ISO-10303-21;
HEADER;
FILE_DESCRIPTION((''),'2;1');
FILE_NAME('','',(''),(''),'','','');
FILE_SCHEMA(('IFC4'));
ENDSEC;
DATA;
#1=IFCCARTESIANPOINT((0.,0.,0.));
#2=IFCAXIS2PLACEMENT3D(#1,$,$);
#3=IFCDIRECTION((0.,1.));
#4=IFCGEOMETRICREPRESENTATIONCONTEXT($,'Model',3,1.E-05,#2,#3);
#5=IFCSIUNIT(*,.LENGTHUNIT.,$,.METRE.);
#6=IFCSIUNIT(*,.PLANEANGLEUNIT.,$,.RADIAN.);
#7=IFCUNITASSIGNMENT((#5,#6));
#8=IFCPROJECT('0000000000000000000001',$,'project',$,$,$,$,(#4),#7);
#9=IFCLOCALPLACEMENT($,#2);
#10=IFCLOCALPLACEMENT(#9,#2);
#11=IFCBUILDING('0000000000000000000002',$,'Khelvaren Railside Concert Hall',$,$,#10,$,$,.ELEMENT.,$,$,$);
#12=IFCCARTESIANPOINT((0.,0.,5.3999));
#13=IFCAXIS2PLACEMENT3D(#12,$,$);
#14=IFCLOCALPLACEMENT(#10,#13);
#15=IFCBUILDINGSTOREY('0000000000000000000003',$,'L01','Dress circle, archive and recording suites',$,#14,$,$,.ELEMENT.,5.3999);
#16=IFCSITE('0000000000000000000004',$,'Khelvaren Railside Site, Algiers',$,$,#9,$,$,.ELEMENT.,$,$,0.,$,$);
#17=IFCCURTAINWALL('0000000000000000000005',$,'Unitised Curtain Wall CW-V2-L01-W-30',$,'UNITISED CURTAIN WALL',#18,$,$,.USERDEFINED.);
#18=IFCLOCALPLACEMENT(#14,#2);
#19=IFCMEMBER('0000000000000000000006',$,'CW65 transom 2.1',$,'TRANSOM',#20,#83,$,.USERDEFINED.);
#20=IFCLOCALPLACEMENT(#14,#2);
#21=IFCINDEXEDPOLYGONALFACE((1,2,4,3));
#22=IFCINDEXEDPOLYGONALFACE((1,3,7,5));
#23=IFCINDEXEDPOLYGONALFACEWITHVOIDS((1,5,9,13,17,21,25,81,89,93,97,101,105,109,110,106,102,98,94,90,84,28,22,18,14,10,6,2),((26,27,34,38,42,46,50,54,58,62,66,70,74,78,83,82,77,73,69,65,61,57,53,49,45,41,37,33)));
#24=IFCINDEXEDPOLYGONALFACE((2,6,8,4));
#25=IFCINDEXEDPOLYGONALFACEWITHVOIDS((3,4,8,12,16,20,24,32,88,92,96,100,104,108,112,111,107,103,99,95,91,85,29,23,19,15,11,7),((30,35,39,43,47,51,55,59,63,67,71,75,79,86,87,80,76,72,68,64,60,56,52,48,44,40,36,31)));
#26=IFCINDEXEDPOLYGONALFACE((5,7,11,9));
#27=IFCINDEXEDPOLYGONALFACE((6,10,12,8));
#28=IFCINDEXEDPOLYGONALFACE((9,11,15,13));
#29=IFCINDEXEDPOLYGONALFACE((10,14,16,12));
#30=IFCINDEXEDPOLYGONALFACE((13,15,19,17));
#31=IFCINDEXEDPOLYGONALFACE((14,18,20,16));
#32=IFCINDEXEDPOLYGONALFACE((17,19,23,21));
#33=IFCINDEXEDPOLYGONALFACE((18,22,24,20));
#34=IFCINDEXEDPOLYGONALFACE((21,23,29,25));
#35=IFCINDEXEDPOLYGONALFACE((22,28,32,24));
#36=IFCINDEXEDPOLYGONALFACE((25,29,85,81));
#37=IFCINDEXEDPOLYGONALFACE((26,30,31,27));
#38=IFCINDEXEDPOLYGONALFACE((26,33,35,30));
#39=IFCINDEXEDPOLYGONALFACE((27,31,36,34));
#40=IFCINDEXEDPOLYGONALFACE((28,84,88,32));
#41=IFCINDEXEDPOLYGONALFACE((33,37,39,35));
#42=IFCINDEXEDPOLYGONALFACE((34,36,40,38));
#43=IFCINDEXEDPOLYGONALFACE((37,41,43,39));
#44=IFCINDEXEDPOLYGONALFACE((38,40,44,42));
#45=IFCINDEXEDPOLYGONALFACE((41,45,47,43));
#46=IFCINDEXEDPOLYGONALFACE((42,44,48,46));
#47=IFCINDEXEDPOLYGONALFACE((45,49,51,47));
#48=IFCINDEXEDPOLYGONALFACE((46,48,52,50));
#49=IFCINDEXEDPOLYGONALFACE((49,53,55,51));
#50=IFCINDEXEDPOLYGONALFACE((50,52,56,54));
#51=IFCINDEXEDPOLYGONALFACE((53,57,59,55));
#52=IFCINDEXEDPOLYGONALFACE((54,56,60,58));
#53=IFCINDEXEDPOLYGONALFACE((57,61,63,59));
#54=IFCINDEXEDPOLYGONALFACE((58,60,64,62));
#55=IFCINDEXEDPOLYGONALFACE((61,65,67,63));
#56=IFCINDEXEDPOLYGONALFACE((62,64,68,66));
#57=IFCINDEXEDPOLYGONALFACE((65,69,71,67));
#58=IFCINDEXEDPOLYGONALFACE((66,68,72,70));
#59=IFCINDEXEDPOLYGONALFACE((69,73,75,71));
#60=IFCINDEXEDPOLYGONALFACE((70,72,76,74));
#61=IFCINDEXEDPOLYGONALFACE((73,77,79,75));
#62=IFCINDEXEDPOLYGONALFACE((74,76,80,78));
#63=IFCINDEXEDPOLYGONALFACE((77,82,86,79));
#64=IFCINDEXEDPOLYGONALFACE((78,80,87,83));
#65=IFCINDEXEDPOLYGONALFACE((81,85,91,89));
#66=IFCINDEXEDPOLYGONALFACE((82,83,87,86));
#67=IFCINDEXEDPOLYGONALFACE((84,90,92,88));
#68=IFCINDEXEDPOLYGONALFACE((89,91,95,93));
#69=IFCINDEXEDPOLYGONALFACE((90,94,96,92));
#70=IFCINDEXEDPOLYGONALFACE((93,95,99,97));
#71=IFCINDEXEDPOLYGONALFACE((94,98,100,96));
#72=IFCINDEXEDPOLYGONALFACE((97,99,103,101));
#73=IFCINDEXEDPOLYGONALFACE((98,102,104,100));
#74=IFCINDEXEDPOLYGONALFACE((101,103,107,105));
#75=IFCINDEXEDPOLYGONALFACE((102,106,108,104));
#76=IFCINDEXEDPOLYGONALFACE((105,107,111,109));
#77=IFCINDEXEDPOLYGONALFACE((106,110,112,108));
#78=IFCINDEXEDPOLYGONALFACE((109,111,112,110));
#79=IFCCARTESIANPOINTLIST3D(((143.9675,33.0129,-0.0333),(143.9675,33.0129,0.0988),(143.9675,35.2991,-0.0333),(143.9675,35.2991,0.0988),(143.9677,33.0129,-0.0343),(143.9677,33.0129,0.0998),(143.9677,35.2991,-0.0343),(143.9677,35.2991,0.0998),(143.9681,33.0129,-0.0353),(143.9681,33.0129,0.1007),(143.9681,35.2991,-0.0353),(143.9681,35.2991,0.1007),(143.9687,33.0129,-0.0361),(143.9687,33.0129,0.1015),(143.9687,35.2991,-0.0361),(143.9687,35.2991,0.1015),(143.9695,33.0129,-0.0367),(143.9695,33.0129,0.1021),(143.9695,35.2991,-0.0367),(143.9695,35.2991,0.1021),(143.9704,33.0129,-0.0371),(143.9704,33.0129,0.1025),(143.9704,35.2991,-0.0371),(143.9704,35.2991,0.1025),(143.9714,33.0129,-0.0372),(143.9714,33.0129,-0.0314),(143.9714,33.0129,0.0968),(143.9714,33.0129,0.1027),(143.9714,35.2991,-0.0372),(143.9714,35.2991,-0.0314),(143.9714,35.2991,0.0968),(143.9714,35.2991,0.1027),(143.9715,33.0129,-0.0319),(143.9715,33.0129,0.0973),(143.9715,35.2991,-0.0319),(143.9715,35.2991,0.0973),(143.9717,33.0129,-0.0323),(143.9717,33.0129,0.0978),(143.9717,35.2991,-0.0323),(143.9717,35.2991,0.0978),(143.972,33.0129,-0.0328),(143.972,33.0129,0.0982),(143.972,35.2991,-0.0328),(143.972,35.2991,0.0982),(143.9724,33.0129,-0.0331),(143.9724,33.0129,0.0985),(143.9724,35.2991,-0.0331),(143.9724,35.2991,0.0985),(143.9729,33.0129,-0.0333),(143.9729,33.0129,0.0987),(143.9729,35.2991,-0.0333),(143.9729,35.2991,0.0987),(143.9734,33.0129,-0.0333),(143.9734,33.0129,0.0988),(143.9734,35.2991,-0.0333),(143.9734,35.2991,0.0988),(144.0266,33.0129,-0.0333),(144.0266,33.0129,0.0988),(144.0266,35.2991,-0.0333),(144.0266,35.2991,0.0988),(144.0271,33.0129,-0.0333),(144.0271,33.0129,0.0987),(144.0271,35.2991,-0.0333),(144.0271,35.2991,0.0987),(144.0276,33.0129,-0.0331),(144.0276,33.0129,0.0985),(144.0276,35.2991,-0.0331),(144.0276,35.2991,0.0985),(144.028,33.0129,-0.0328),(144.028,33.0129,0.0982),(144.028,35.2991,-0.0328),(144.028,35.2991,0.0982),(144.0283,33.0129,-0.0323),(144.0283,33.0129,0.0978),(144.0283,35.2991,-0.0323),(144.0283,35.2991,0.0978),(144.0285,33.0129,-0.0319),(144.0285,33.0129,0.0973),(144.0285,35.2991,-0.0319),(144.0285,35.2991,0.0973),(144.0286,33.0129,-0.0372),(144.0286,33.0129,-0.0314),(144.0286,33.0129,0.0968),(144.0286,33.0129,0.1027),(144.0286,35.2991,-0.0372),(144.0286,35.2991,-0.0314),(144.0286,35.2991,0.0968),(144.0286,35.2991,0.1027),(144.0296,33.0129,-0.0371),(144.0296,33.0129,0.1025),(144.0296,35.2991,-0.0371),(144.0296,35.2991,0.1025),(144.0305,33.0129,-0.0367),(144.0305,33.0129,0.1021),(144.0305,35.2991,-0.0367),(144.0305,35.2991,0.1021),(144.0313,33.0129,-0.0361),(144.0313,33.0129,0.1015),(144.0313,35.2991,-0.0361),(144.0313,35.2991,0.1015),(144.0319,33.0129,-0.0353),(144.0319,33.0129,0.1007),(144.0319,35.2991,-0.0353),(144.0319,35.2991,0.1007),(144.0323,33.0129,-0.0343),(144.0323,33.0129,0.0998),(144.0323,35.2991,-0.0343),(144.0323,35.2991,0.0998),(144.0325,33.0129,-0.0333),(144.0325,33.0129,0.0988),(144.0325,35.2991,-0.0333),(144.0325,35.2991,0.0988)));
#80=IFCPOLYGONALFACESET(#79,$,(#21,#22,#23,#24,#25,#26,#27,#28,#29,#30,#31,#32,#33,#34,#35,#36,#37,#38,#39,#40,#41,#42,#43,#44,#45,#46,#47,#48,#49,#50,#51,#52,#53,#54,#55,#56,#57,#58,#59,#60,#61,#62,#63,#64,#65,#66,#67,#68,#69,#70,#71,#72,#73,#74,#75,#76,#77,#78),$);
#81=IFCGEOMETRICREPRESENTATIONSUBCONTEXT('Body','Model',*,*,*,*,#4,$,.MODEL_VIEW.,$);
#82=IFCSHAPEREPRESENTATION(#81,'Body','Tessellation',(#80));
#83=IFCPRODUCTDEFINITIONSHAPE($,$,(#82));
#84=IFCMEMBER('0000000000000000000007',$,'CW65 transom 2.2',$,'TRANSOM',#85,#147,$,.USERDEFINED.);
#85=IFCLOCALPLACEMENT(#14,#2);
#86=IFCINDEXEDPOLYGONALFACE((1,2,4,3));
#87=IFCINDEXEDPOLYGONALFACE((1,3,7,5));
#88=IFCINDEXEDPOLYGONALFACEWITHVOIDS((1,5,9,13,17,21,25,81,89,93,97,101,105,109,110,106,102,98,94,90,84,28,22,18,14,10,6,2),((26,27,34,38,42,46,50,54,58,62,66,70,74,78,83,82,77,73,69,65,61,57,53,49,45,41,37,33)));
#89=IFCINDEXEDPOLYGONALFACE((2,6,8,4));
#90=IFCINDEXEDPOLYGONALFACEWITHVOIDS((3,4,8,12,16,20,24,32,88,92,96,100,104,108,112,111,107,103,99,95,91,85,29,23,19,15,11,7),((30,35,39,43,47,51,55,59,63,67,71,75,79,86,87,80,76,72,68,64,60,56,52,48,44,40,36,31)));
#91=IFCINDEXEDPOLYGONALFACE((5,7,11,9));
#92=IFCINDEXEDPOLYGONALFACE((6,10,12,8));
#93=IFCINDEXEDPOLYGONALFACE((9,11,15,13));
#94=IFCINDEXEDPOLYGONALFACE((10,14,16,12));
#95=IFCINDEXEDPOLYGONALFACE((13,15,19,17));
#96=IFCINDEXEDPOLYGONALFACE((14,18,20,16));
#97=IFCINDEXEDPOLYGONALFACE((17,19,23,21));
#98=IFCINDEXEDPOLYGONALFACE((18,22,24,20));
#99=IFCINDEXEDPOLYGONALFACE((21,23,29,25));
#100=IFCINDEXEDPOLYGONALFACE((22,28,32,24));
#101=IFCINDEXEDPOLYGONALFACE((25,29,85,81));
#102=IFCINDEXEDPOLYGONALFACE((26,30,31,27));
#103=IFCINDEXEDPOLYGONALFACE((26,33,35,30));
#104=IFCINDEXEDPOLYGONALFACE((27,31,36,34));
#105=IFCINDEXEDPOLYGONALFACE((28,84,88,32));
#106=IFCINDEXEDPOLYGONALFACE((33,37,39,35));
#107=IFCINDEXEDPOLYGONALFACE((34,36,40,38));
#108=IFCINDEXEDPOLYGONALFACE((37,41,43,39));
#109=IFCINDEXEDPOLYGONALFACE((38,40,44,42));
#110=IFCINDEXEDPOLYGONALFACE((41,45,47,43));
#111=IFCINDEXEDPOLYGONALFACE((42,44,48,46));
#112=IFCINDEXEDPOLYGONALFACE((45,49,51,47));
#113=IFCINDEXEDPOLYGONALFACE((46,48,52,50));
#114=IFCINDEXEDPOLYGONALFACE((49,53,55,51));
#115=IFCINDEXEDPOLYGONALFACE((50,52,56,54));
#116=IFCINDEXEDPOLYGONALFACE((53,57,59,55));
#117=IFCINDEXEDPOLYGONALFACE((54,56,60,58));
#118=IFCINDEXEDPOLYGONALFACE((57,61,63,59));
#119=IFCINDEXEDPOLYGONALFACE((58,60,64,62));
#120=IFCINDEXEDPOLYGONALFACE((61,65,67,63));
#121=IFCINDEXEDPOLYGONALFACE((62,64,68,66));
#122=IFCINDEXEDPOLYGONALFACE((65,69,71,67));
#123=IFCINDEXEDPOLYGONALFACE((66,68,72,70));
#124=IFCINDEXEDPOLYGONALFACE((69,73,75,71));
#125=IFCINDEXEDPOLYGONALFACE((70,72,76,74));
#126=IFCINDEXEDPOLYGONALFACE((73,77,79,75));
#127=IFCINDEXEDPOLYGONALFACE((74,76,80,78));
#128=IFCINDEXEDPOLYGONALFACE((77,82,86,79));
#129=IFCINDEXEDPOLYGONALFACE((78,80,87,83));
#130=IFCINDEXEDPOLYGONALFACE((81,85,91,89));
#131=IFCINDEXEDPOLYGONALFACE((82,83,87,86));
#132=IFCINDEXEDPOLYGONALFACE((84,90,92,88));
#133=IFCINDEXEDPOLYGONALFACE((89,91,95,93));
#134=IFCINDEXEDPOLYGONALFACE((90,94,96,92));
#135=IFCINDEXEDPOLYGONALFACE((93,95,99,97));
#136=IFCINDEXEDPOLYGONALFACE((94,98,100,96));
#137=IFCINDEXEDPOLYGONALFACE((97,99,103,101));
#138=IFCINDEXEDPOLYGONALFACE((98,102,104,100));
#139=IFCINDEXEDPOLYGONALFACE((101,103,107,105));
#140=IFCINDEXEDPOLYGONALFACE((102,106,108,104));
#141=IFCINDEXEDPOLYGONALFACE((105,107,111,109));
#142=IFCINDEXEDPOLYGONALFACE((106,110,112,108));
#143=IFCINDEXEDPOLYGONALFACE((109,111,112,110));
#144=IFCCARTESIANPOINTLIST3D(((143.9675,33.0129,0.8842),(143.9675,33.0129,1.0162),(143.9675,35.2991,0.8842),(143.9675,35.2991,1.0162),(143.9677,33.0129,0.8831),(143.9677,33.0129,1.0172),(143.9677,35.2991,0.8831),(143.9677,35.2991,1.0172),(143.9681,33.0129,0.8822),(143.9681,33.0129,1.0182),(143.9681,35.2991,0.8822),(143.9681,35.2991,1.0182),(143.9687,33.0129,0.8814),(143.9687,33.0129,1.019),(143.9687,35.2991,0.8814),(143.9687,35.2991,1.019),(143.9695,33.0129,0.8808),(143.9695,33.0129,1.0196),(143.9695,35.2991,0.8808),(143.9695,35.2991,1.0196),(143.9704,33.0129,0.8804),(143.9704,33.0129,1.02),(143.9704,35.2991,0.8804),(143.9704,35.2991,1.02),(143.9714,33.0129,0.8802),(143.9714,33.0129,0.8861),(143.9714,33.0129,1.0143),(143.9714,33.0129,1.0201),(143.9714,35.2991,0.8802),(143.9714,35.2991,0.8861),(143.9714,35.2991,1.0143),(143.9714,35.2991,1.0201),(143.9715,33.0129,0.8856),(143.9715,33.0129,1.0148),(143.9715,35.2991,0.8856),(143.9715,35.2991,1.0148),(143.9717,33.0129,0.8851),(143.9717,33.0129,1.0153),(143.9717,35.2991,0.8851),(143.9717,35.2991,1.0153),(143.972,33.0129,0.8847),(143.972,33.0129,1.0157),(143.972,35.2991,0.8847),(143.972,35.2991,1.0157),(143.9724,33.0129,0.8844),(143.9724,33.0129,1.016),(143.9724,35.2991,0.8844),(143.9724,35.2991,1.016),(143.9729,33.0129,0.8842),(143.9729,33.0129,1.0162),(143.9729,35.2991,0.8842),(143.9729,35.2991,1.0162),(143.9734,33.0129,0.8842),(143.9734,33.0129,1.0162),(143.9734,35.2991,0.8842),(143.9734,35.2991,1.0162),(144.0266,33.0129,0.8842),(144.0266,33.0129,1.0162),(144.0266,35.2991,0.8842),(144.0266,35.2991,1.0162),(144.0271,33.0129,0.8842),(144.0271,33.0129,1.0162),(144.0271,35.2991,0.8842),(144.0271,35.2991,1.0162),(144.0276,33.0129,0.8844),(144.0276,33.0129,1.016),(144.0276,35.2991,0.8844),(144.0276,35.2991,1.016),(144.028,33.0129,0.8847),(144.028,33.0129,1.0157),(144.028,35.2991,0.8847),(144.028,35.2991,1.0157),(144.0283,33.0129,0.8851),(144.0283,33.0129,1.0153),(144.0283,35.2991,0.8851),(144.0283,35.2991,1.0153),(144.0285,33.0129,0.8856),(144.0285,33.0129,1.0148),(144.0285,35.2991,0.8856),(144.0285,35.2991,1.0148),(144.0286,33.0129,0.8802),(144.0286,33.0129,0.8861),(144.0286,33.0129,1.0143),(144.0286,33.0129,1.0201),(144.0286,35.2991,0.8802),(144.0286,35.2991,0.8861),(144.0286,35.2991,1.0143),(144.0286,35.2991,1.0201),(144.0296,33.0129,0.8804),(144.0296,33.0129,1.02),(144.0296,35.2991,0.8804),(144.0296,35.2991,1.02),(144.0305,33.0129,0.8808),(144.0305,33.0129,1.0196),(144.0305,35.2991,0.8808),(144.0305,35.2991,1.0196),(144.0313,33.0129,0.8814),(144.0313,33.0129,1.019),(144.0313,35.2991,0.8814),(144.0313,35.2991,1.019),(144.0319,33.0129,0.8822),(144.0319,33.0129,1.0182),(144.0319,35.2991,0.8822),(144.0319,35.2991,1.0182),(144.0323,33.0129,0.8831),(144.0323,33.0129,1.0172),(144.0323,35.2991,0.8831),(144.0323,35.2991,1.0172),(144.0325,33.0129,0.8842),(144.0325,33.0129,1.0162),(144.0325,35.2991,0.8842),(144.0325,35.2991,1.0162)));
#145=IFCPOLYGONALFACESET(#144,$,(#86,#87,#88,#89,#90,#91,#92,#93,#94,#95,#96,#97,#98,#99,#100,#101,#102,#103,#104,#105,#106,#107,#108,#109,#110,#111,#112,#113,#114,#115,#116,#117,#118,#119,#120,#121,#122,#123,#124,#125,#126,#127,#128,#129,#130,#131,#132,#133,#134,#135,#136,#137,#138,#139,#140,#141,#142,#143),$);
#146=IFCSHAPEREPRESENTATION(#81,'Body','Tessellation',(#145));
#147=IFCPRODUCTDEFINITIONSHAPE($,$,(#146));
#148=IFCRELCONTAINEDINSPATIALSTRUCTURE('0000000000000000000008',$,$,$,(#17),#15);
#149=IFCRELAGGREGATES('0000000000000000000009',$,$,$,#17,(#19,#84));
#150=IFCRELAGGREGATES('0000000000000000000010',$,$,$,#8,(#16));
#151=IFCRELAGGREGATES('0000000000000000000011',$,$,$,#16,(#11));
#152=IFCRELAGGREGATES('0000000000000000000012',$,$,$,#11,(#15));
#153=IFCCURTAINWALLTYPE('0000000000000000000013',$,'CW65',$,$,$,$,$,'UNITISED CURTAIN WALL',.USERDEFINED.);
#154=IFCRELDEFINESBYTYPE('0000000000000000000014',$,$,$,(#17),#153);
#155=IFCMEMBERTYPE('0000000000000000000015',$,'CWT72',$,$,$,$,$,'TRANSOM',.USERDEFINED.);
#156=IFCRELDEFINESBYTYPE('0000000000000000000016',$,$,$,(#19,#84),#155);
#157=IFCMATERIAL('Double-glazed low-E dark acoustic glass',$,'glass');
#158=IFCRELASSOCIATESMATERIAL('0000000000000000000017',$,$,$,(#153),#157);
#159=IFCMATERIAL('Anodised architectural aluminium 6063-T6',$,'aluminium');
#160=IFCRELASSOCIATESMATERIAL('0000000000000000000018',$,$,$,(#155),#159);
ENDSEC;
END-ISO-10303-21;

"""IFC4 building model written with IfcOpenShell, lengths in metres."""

from ifc_helpers import new_model, si_unit, direction, frame, origin, origin_2d, place, context, subcontext, project, spatial, hollow_rectangle, extrude, material, material_profile, profile_set, type_object, element, aggregate, save


model = new_model("IFC4")

# Units and contexts
model_context = context("Model", 3, precision=1e-05, world=origin(), true_north=direction((0.0, 1.0)))
body_context = subcontext(model_context, "Body", "Model", "MODEL_VIEW")
ifc_project = project(units=[si_unit("LENGTHUNIT", "METRE"), si_unit("PLANEANGLEUNIT", "RADIAN")], contexts=[model_context])

# Site, building, storey
site_placement = place(None, origin())
site = spatial("IfcSite", under=ifc_project, at=site_placement, Name="Khelvaren Railside Site, Algiers", CompositionType="ELEMENT", RefElevation=0.0)
building_placement = place(site_placement, origin())
building = spatial("IfcBuilding", under=site, at=building_placement, Name="Khelvaren Railside Concert Hall", CompositionType="ELEMENT")
storey_placement = place(building_placement, frame((0.0, 0.0, 5.3999)))
storey = spatial("IfcBuildingStorey", under=building, at=storey_placement, Name="L01", Description="Dress circle, archive and recording suites", CompositionType="ELEMENT", Elevation=5.3999)

# Shared definitions
ifc_material_1 = material(Name="Anodised architectural aluminium 6063-T6", Category="aluminium")

# Curtain wall, members
ifc_material_2 = material(Name="Double-glazed low-E dark acoustic glass", Category="glass")
curtain_wall_type_1 = type_object("IfcCurtainWallType", Name="CW65", ElementType="UNITISED CURTAIN WALL", PredefinedType="USERDEFINED", material=ifc_material_2)
curtain_wall_1_placement = place(storey_placement, origin())
curtain_wall_1 = element("IfcCurtainWall", 1, at=curtain_wall_1_placement, inside=storey, type_object=curtain_wall_type_1, Name="Unitised Curtain Wall CW-V2-L01-W-30", ObjectType="UNITISED CURTAIN WALL", PredefinedType="USERDEFINED")
ifc_material_profile_1 = material_profile(ifc_material_1, hollow_rectangle(XDim=0.0649, YDim=0.1399, WallThickness=0.0039, InnerFilletRadius=0.002, OuterFilletRadius=0.0039, at=origin_2d()), Name="CWT 65x140x4")
ifc_profile_set_1 = profile_set([ifc_material_profile_1], Name="Anodised architectural aluminium 6063-T6")
member_type_1 = type_object("IfcMemberType", Name="CWT72", ElementType="TRANSOM", PredefinedType="USERDEFINED", material=ifc_profile_set_1)
member_1_placement = place(storey_placement, frame((144.0, 33.0129, 0.0327), z_axis=(0.0, 1.0, 0.0), x_axis=(-1.0, 0.0, 0.0)))
member_1 = element("IfcMember", 2, at=member_1_placement, type_object=member_type_1, Name="CW65 transom 2.1", ObjectType="TRANSOM", PredefinedType="USERDEFINED", context=body_context, shape_type="SweptSolid", body=[
    extrude(hollow_rectangle(XDim=0.0649, YDim=0.1399, WallThickness=0.0039, InnerFilletRadius=0.002, OuterFilletRadius=0.0039, at=origin_2d()), origin(), (0.0, 0.0, 1.0), 2.2861),
])
member_2_placement = place(storey_placement, frame((144.0, 33.0129, 0.9502), z_axis=(0.0, 1.0, 0.0), x_axis=(-1.0, 0.0, 0.0)))
member_2 = element("IfcMember", 3, at=member_2_placement, type_object=member_type_1, Name="CW65 transom 2.2", ObjectType="TRANSOM", PredefinedType="USERDEFINED", context=body_context, shape_type="SweptSolid", body=[
    extrude(hollow_rectangle(XDim=0.0649, YDim=0.1399, WallThickness=0.0039, InnerFilletRadius=0.002, OuterFilletRadius=0.0039, at=origin_2d()), origin(), (0.0, 0.0, 1.0), 2.2861),
])

aggregate(curtain_wall_1, [member_1, member_2])

save(model, "model.ifc")
